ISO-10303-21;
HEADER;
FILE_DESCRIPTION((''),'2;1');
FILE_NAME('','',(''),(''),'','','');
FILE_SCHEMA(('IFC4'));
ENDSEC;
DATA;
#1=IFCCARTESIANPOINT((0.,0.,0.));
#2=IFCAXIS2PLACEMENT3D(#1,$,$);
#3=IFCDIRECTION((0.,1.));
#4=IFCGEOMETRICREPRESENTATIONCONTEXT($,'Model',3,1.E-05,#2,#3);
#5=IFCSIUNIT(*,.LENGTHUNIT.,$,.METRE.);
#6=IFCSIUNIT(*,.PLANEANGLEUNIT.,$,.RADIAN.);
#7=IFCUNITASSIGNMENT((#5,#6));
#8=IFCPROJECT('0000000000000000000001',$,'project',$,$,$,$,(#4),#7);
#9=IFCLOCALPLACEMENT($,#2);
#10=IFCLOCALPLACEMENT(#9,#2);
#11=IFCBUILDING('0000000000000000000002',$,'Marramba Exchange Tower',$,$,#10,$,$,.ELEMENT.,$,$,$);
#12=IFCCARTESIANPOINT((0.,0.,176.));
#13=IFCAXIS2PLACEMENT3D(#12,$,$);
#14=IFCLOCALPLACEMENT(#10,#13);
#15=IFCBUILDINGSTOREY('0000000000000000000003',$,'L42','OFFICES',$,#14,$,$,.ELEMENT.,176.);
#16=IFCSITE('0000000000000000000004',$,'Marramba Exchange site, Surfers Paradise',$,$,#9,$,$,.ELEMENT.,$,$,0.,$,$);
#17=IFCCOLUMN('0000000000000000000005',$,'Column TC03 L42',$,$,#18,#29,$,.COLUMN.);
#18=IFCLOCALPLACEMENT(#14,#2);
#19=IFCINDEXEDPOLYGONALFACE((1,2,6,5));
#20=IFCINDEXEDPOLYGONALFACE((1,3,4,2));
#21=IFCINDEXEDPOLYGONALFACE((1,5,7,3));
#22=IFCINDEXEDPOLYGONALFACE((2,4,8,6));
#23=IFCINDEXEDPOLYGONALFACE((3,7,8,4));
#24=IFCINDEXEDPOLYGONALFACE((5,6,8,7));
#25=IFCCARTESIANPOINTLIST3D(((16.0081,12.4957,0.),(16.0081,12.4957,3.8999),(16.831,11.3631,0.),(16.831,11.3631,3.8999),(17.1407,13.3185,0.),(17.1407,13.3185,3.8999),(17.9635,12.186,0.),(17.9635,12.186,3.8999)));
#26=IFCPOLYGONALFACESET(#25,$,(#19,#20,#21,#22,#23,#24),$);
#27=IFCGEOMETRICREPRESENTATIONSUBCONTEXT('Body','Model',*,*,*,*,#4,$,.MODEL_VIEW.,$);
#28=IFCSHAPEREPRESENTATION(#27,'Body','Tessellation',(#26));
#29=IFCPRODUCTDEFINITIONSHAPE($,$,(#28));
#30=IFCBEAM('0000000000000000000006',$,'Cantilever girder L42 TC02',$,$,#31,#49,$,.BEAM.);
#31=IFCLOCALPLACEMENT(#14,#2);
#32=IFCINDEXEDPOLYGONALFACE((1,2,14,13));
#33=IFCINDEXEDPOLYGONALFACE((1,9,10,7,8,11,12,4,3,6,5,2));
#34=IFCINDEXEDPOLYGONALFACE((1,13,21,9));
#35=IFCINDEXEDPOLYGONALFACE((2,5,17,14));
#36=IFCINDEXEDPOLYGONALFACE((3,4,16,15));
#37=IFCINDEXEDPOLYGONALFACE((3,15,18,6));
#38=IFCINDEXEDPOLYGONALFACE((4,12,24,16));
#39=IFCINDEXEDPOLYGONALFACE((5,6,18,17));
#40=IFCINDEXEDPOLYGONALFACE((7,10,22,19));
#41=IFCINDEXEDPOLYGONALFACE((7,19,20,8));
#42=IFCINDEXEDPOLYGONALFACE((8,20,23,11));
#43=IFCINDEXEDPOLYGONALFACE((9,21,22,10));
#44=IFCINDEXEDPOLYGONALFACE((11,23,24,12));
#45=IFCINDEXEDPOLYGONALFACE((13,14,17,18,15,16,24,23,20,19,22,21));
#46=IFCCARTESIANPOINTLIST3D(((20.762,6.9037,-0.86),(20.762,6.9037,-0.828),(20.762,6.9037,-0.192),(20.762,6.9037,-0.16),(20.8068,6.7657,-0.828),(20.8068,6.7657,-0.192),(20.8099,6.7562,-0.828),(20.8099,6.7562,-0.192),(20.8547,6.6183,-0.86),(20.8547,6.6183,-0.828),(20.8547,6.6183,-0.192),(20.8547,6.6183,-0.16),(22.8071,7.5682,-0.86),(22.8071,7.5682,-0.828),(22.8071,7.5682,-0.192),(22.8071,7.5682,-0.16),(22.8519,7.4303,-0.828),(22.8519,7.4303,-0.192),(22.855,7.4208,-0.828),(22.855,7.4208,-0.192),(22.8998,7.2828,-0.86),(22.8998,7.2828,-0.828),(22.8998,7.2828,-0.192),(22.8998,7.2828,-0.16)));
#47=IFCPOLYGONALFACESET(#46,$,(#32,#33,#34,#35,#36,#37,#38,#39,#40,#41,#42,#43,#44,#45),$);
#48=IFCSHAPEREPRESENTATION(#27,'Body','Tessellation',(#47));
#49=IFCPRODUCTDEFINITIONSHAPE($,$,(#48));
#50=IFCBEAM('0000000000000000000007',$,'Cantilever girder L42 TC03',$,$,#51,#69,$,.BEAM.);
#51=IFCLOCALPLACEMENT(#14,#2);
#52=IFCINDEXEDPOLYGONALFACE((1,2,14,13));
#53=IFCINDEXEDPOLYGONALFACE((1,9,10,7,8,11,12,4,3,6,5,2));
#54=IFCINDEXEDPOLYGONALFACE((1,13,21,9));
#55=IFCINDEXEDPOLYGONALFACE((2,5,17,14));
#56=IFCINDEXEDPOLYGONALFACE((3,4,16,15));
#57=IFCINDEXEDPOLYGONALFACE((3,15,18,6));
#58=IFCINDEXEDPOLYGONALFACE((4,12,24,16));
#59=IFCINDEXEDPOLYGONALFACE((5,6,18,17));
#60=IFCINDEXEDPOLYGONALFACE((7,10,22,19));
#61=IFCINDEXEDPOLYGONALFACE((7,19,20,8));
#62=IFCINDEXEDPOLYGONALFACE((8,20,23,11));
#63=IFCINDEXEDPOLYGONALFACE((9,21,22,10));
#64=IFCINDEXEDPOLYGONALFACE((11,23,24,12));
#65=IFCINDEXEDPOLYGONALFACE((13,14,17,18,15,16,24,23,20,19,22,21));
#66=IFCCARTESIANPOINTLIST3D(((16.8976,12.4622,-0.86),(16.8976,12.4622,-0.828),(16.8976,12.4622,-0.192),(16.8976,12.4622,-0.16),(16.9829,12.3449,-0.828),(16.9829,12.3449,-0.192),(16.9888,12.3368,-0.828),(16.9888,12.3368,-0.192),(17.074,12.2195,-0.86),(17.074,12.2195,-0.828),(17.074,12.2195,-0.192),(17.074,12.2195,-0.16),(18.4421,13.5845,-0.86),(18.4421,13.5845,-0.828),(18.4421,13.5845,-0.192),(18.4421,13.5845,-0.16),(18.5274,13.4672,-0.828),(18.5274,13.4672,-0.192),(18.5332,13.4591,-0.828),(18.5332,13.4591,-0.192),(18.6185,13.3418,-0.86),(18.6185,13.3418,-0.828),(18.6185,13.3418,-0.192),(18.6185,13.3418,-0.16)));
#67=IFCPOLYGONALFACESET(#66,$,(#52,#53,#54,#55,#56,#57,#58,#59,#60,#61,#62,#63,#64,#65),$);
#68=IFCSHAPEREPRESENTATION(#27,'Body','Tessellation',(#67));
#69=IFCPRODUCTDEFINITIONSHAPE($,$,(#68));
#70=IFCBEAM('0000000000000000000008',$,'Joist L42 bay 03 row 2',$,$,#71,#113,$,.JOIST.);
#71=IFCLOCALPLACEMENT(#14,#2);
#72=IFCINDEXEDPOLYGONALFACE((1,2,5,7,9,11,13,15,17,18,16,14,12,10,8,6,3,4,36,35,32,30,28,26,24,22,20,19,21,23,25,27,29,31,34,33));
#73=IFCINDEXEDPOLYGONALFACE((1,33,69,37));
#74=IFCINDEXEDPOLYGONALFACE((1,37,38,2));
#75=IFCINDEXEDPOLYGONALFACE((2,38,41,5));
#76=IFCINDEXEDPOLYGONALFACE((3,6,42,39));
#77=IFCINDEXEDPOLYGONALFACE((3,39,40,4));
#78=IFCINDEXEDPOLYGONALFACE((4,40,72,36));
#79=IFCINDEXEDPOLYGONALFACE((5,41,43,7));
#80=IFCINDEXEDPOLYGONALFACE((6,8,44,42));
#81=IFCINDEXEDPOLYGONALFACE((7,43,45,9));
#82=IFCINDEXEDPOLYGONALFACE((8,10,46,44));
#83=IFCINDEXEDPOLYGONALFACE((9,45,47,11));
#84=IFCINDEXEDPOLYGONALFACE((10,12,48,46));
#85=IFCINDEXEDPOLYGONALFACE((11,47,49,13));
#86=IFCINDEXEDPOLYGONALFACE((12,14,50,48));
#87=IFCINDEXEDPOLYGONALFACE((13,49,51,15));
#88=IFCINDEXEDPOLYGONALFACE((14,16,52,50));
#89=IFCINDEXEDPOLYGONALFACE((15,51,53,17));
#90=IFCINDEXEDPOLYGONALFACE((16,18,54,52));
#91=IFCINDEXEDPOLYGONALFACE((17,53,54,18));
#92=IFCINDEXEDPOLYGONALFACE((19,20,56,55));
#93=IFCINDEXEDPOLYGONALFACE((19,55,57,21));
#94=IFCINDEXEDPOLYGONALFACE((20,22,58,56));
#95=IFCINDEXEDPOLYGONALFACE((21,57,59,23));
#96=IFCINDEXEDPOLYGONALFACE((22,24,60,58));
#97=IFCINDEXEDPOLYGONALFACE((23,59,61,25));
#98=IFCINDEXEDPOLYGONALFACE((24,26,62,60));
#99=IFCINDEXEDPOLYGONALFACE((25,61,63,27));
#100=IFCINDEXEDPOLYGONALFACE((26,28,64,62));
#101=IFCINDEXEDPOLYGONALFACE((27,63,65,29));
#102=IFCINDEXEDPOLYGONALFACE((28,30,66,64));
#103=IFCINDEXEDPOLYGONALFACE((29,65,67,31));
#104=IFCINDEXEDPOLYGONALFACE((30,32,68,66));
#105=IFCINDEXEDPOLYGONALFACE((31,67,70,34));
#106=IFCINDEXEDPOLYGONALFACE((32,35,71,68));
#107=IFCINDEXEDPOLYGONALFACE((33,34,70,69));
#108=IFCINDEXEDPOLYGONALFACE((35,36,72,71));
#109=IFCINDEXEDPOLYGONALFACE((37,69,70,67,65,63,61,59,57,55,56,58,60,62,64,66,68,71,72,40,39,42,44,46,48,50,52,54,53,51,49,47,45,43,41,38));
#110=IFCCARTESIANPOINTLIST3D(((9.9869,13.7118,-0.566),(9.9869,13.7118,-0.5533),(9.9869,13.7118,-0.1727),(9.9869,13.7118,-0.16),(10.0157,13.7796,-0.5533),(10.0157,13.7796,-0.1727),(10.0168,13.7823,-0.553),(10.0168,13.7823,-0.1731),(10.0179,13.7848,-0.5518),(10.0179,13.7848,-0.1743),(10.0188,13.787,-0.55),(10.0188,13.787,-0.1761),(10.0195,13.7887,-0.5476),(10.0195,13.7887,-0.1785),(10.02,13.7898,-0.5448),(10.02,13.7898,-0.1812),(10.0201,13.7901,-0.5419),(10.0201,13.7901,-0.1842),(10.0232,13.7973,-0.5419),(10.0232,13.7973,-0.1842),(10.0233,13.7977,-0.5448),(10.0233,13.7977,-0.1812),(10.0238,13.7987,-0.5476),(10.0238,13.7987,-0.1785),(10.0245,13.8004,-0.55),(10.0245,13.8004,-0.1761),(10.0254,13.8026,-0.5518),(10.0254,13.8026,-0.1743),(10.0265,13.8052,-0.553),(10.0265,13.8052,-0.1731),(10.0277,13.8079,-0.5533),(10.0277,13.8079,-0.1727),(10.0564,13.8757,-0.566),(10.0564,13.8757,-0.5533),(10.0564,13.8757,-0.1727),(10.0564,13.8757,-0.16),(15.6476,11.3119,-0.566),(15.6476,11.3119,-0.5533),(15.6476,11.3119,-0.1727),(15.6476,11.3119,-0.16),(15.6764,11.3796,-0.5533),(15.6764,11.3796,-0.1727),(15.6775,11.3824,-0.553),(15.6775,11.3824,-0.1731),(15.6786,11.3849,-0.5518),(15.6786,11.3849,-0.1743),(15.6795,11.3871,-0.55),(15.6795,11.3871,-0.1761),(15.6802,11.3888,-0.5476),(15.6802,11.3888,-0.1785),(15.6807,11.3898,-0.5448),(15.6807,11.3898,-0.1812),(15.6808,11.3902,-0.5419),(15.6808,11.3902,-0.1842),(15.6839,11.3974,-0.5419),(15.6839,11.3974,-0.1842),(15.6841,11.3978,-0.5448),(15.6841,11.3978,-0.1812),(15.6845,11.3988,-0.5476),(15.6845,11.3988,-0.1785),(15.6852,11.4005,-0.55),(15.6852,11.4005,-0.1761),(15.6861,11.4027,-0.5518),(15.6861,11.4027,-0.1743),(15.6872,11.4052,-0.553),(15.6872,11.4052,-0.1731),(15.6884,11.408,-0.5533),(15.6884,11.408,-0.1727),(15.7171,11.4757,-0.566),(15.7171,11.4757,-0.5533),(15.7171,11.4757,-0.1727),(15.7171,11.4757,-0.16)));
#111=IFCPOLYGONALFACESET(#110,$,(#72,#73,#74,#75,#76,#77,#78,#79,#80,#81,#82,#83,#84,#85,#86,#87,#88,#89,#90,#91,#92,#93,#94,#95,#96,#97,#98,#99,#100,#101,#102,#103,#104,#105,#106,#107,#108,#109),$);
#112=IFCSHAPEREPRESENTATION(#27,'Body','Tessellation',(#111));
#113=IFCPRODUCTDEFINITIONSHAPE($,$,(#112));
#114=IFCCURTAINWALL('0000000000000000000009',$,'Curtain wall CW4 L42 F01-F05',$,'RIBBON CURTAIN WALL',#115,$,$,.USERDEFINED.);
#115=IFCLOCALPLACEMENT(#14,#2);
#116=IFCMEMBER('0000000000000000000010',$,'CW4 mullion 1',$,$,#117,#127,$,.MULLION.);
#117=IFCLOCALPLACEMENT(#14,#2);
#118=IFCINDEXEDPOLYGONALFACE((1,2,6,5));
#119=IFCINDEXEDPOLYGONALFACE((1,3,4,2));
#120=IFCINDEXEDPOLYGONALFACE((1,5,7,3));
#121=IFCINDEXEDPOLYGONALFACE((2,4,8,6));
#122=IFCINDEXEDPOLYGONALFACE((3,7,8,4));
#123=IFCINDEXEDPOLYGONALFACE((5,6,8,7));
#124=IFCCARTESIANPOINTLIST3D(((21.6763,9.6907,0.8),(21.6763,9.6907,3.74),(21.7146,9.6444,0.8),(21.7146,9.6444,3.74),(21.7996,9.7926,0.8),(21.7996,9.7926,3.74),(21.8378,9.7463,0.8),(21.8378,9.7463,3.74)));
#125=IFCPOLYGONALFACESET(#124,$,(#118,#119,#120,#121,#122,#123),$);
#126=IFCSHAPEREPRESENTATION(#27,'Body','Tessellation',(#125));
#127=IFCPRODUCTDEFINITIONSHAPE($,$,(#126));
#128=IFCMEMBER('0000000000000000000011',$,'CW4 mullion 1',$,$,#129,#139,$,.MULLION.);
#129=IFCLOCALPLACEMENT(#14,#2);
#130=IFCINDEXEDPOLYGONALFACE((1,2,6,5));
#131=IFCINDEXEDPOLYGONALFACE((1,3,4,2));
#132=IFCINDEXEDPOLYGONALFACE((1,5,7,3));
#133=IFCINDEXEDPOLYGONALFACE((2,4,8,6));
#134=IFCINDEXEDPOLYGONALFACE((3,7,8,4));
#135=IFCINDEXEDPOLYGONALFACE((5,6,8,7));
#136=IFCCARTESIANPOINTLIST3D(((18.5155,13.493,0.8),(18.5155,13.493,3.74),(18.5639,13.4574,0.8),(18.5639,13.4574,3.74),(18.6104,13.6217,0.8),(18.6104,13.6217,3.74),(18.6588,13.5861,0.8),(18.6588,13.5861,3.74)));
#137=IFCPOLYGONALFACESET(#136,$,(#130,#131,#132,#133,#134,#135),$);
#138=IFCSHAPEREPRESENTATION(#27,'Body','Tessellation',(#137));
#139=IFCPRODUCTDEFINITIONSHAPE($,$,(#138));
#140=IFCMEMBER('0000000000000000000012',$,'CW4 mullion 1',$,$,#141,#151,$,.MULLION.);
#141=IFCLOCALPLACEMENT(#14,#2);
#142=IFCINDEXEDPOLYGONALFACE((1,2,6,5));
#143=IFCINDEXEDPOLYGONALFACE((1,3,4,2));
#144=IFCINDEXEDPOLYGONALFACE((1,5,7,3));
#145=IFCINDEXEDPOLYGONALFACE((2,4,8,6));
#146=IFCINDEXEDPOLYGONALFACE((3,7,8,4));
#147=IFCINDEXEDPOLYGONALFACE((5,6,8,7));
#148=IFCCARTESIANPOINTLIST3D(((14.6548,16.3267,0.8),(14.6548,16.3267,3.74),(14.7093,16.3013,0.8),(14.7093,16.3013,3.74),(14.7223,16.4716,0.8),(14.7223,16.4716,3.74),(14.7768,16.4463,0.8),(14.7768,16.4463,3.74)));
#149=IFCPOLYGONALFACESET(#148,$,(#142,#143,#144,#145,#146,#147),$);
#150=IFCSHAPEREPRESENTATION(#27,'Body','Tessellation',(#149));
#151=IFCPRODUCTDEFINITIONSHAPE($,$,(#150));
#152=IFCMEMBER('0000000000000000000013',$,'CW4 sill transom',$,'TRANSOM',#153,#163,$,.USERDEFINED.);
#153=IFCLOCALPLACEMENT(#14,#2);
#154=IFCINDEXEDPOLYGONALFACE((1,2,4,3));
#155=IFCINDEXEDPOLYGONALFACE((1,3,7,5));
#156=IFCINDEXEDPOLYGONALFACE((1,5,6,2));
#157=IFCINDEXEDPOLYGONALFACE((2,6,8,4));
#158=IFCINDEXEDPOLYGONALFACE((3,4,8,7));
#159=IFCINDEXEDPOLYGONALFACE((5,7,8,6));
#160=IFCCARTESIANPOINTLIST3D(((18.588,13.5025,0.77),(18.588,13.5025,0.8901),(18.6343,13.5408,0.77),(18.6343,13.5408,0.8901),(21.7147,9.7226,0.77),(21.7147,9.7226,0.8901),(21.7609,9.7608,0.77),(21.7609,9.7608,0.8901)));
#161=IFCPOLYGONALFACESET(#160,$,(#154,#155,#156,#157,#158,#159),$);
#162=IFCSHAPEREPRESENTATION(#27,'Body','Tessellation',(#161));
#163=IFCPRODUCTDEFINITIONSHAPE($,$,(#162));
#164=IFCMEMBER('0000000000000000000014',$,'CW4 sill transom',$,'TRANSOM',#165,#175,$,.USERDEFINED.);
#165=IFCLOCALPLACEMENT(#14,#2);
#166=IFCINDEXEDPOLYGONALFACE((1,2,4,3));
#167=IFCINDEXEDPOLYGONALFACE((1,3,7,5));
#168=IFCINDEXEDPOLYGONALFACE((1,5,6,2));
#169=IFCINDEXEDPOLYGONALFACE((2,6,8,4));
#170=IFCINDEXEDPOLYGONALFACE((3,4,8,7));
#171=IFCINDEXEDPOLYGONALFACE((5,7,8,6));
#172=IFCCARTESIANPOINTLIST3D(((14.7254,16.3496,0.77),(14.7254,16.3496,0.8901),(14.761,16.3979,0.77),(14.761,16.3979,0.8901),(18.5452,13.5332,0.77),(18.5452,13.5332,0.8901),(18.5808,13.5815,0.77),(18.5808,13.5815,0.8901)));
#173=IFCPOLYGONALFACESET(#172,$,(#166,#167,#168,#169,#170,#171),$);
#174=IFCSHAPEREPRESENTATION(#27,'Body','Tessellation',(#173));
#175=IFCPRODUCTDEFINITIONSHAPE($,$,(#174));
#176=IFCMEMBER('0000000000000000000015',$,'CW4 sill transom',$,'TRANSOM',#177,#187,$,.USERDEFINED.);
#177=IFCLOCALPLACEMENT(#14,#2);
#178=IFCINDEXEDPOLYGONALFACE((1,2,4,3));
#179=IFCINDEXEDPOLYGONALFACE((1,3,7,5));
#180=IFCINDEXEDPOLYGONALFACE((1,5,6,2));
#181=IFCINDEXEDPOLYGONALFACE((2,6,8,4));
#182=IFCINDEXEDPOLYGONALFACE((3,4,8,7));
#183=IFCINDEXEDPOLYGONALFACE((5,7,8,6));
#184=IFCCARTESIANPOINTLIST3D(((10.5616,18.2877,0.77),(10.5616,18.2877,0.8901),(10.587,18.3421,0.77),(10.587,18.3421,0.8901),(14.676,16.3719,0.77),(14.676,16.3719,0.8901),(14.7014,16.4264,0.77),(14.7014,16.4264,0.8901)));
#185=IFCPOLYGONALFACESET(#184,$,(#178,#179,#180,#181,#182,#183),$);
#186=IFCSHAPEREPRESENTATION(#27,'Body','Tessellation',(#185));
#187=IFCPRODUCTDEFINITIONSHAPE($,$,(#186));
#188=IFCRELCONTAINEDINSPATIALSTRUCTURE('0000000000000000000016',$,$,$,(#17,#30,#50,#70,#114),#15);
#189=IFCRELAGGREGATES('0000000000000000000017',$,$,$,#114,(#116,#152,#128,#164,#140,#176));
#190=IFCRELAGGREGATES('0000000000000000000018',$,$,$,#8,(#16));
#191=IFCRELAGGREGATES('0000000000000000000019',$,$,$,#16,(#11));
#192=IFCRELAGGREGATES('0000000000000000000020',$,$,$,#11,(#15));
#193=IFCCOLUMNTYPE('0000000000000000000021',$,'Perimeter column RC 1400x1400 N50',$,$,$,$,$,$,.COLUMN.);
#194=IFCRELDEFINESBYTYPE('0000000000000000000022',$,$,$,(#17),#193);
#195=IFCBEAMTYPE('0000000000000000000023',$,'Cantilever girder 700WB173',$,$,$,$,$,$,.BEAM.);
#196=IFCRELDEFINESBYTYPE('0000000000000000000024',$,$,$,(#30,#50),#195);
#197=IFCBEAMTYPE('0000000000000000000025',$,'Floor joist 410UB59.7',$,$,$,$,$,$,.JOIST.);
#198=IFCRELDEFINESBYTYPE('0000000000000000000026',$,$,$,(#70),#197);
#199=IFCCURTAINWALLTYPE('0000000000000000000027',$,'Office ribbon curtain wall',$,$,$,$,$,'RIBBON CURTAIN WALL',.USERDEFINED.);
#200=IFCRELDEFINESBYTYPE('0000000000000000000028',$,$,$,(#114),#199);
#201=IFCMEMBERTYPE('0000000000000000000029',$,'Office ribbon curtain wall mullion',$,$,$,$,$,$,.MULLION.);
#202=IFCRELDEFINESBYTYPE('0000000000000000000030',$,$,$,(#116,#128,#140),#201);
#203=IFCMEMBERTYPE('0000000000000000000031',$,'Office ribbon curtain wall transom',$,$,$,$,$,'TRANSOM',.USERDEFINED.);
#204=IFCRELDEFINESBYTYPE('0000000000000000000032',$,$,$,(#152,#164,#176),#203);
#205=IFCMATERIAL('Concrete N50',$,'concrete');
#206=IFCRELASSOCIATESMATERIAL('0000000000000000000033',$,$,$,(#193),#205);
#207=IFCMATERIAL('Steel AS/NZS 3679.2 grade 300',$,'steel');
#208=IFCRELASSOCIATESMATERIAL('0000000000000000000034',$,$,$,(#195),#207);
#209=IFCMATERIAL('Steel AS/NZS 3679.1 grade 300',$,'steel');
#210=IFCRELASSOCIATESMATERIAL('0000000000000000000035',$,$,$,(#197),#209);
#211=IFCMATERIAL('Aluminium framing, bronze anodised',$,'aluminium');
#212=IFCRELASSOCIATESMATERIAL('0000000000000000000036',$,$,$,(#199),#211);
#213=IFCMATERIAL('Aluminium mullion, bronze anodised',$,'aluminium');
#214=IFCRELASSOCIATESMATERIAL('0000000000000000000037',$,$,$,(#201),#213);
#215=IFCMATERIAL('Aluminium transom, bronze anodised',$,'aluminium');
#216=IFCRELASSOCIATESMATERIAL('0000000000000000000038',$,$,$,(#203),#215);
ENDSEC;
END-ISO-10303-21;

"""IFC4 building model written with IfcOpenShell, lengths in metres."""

from ifc_helpers import new_model, si_unit, direction, frame, origin, origin_2d, place, context, subcontext, project, spatial, rectangle, i_section, extrude, material, material_profile, profile_set, type_object, element, aggregate, save


model = new_model("IFC4")

# Units and contexts
model_context = context("Model", 3, precision=1e-05, world=origin(), true_north=direction((0.0, 1.0)))
body_context = subcontext(model_context, "Body", "Model", "MODEL_VIEW")
ifc_project = project(units=[si_unit("LENGTHUNIT", "METRE"), si_unit("PLANEANGLEUNIT", "RADIAN")], contexts=[model_context])

# Site, building, storey
site_placement = place(None, origin())
site = spatial("IfcSite", under=ifc_project, at=site_placement, Name="Marramba Exchange site, Surfers Paradise", CompositionType="ELEMENT", RefElevation=0.0)
building_placement = place(site_placement, origin())
building = spatial("IfcBuilding", under=site, at=building_placement, Name="Marramba Exchange Tower", CompositionType="ELEMENT")
storey_placement = place(building_placement, frame((0.0, 0.0, 176.0)))
storey = spatial("IfcBuildingStorey", under=building, at=storey_placement, Name="L42", Description="OFFICES", CompositionType="ELEMENT", Elevation=176.0)

# Column
ifc_material_1 = material(Name="Concrete N50", Category="concrete")
ifc_material_profile_1 = material_profile(ifc_material_1, rectangle(XDim=1.3999, YDim=1.3999, at=origin_2d()), Name="RC 1400x1400")
ifc_profile_set_1 = profile_set([ifc_material_profile_1], Name="Concrete N50")
column_type = type_object("IfcColumnType", Name="Perimeter column RC 1400x1400 N50", PredefinedType="COLUMN", material=ifc_profile_set_1)
column_placement = place(storey_placement, frame((16.9858, 12.3408, 0.0), z_axis=(0.0, 0.0, 1.0), x_axis=(0.809017, 0.587785, 0.0)))
element("IfcColumn", 1, at=column_placement, inside=storey, type_object=column_type, Name="Column TC03 L42", PredefinedType="COLUMN", context=body_context, shape_type="SweptSolid", body=[
    extrude(rectangle(XDim=1.3999, YDim=1.3999, at=origin_2d()), origin(), (0.0, 0.0, 1.0), 3.8999),
])

# Beams
ifc_material_2 = material(Name="Steel AS/NZS 3679.2 grade 300", Category="steel")
ifc_material_profile_2 = material_profile(ifc_material_2, i_section(OverallWidth=0.3, OverallDepth=0.7, WebThickness=0.01, FlangeThickness=0.032, at=origin_2d()), Name="700WB173")
ifc_profile_set_2 = profile_set([ifc_material_profile_2], Name="Steel AS/NZS 3679.2 grade 300")
beam_type_1 = type_object("IfcBeamType", Name="Cantilever girder 700WB173", PredefinedType="BEAM", material=ifc_profile_set_2)
beam_1_placement = place(storey_placement, frame((20.8083, 6.761, -0.51), z_axis=(0.951052, 0.309032, 0.0), x_axis=(-0.309032, 0.951052, 0.0)))
element("IfcBeam", 2, at=beam_1_placement, inside=storey, type_object=beam_type_1, Name="Cantilever girder L42 TC02", PredefinedType="BEAM", context=body_context, shape_type="SweptSolid", body=[
    extrude(i_section(OverallWidth=0.3, OverallDepth=0.7, WebThickness=0.01, FlangeThickness=0.032, at=origin_2d()), origin(), (0.0, 0.0, 1.0), 2.1504),
])
beam_2_placement = place(storey_placement, frame((16.9858, 12.3408, -0.51), z_axis=(0.808963, 0.58786, 0.0), x_axis=(-0.58786, 0.808963, 0.0)))
element("IfcBeam", 3, at=beam_2_placement, inside=storey, type_object=beam_type_1, Name="Cantilever girder L42 TC03", PredefinedType="BEAM", context=body_context, shape_type="SweptSolid", body=[
    extrude(i_section(OverallWidth=0.3, OverallDepth=0.7, WebThickness=0.01, FlangeThickness=0.032, at=origin_2d()), origin(), (0.0, 0.0, 1.0), 1.9092),
])
ifc_material_3 = material(Name="Steel AS/NZS 3679.1 grade 300", Category="steel")
ifc_material_profile_3 = material_profile(ifc_material_3, i_section(OverallWidth=0.178, OverallDepth=0.406, WebThickness=0.0078, FlangeThickness=0.0127, FilletRadius=0.0115, at=origin_2d()), Name="410UB59.7")
ifc_profile_set_3 = profile_set([ifc_material_profile_3], Name="Steel AS/NZS 3679.1 grade 300")
beam_type_2 = type_object("IfcBeamType", Name="Floor joist 410UB59.7", PredefinedType="JOIST", material=ifc_profile_set_3)
beam_3_placement = place(storey_placement, frame((15.6824, 11.3938, -0.363), z_axis=(-0.920674, 0.390332, 0.0), x_axis=(-0.390332, -0.920674, 0.0)))
element("IfcBeam", 4, at=beam_3_placement, inside=storey, type_object=beam_type_2, Name="Joist L42 bay 03 row 2", PredefinedType="JOIST", context=body_context, shape_type="SweptSolid", body=[
    extrude(i_section(OverallWidth=0.178, OverallDepth=0.406, WebThickness=0.0078, FlangeThickness=0.0127, FilletRadius=0.0115, at=origin_2d()), origin(), (0.0, 0.0, 1.0), 6.1484),
])

# Curtain wall, members
ifc_material_4 = material(Name="Aluminium framing, bronze anodised", Category="aluminium")
curtain_wall_type = type_object("IfcCurtainWallType", Name="Office ribbon curtain wall", ElementType="RIBBON CURTAIN WALL", PredefinedType="USERDEFINED", material=ifc_material_4)
curtain_wall_placement = place(storey_placement, origin())
curtain_wall = element("IfcCurtainWall", 5, at=curtain_wall_placement, inside=storey, type_object=curtain_wall_type, Name="Curtain wall CW4 L42 F01-F05", ObjectType="RIBBON CURTAIN WALL", PredefinedType="USERDEFINED")
ifc_material_5 = material(Name="Aluminium mullion, bronze anodised", Category="aluminium")
ifc_material_profile_4 = material_profile(ifc_material_5, rectangle(XDim=0.1599, YDim=0.0601, at=origin_2d()), Name="CW4 mullion 60x160")
ifc_profile_set_4 = profile_set([ifc_material_profile_4], Name="Aluminium mullion, bronze anodised")
member_type_1 = type_object("IfcMemberType", Name="Office ribbon curtain wall mullion", PredefinedType="MULLION", material=ifc_profile_set_4)
member_1_placement = place(storey_placement, frame((21.7571, 9.7185, 0.8), z_axis=(0.0, 0.0, 1.0), x_axis=(-0.770574, -0.63735, 0.0)))
member_1 = element("IfcMember", 6, at=member_1_placement, type_object=member_type_1, Name="CW4 mullion 1", PredefinedType="MULLION", context=body_context, shape_type="SweptSolid", body=[
    extrude(rectangle(XDim=0.1599, YDim=0.0601, at=origin_2d()), origin(), (0.0, 0.0, 1.0), 2.9399),
])
member_2_placement = place(storey_placement, frame((18.5872, 13.5396, 0.8), z_axis=(0.0, 0.0, 1.0), x_axis=(-0.593441, -0.804877, 0.0)))
member_2 = element("IfcMember", 7, at=member_2_placement, type_object=member_type_1, Name="CW4 mullion 1", PredefinedType="MULLION", context=body_context, shape_type="SweptSolid", body=[
    extrude(rectangle(XDim=0.1599, YDim=0.0601, at=origin_2d()), origin(), (0.0, 0.0, 1.0), 2.9399),
])
member_3_placement = place(storey_placement, frame((14.7158, 16.3865, 0.8), z_axis=(0.0, 0.0, 1.0), x_axis=(-0.422133, -0.906534, 0.0)))
member_3 = element("IfcMember", 8, at=member_3_placement, type_object=member_type_1, Name="CW4 mullion 1", PredefinedType="MULLION", context=body_context, shape_type="SweptSolid", body=[
    extrude(rectangle(XDim=0.1599, YDim=0.0601, at=origin_2d()), origin(), (0.0, 0.0, 1.0), 2.9399),
])
ifc_material_6 = material(Name="Aluminium transom, bronze anodised", Category="aluminium")
ifc_material_profile_5 = material_profile(ifc_material_6, rectangle(XDim=0.0601, YDim=0.1201, at=origin_2d()), Name="CW4 transom 60x120")
ifc_profile_set_5 = profile_set([ifc_material_profile_5], Name="Aluminium transom, bronze anodised")
member_type_2 = type_object("IfcMemberType", Name="Office ribbon curtain wall transom", ElementType="TRANSOM", PredefinedType="USERDEFINED", material=ifc_profile_set_5)
member_4_placement = place(storey_placement, frame((21.7378, 9.7417, 0.8301), z_axis=(-0.637375, 0.770554, 0.0), x_axis=(-0.770554, -0.637375, 0.0)))
member_4 = element("IfcMember", 9, at=member_4_placement, type_object=member_type_2, Name="CW4 sill transom", ObjectType="TRANSOM", PredefinedType="USERDEFINED", context=body_context, shape_type="SweptSolid", body=[
    extrude(rectangle(XDim=0.0601, YDim=0.1201, at=origin_2d()), origin(), (0.0, 0.0, 1.0), 4.9055),
])
member_5_placement = place(storey_placement, frame((18.563, 13.5574, 0.8301), z_axis=(-0.804875, 0.593445, 0.0), x_axis=(-0.593445, -0.804875, 0.0)))
member_5 = element("IfcMember", 10, at=member_5_placement, type_object=member_type_2, Name="CW4 sill transom", ObjectType="TRANSOM", PredefinedType="USERDEFINED", context=body_context, shape_type="SweptSolid", body=[
    extrude(rectangle(XDim=0.0601, YDim=0.1201, at=origin_2d()), origin(), (0.0, 0.0, 1.0), 4.7458),
])
member_6_placement = place(storey_placement, frame((14.6887, 16.3992, 0.8301), z_axis=(-0.906548, 0.422102, 0.0), x_axis=(-0.422102, -0.906548, 0.0)))
member_6 = element("IfcMember", 11, at=member_6_placement, type_object=member_type_2, Name="CW4 sill transom", ObjectType="TRANSOM", PredefinedType="USERDEFINED", context=body_context, shape_type="SweptSolid", body=[
    extrude(rectangle(XDim=0.0601, YDim=0.1201, at=origin_2d()), origin(), (0.0, 0.0, 1.0), 4.5386),
])

aggregate(curtain_wall, [member_1, member_4, member_2, member_5, member_3, member_6])

save(model, "model.ifc")
